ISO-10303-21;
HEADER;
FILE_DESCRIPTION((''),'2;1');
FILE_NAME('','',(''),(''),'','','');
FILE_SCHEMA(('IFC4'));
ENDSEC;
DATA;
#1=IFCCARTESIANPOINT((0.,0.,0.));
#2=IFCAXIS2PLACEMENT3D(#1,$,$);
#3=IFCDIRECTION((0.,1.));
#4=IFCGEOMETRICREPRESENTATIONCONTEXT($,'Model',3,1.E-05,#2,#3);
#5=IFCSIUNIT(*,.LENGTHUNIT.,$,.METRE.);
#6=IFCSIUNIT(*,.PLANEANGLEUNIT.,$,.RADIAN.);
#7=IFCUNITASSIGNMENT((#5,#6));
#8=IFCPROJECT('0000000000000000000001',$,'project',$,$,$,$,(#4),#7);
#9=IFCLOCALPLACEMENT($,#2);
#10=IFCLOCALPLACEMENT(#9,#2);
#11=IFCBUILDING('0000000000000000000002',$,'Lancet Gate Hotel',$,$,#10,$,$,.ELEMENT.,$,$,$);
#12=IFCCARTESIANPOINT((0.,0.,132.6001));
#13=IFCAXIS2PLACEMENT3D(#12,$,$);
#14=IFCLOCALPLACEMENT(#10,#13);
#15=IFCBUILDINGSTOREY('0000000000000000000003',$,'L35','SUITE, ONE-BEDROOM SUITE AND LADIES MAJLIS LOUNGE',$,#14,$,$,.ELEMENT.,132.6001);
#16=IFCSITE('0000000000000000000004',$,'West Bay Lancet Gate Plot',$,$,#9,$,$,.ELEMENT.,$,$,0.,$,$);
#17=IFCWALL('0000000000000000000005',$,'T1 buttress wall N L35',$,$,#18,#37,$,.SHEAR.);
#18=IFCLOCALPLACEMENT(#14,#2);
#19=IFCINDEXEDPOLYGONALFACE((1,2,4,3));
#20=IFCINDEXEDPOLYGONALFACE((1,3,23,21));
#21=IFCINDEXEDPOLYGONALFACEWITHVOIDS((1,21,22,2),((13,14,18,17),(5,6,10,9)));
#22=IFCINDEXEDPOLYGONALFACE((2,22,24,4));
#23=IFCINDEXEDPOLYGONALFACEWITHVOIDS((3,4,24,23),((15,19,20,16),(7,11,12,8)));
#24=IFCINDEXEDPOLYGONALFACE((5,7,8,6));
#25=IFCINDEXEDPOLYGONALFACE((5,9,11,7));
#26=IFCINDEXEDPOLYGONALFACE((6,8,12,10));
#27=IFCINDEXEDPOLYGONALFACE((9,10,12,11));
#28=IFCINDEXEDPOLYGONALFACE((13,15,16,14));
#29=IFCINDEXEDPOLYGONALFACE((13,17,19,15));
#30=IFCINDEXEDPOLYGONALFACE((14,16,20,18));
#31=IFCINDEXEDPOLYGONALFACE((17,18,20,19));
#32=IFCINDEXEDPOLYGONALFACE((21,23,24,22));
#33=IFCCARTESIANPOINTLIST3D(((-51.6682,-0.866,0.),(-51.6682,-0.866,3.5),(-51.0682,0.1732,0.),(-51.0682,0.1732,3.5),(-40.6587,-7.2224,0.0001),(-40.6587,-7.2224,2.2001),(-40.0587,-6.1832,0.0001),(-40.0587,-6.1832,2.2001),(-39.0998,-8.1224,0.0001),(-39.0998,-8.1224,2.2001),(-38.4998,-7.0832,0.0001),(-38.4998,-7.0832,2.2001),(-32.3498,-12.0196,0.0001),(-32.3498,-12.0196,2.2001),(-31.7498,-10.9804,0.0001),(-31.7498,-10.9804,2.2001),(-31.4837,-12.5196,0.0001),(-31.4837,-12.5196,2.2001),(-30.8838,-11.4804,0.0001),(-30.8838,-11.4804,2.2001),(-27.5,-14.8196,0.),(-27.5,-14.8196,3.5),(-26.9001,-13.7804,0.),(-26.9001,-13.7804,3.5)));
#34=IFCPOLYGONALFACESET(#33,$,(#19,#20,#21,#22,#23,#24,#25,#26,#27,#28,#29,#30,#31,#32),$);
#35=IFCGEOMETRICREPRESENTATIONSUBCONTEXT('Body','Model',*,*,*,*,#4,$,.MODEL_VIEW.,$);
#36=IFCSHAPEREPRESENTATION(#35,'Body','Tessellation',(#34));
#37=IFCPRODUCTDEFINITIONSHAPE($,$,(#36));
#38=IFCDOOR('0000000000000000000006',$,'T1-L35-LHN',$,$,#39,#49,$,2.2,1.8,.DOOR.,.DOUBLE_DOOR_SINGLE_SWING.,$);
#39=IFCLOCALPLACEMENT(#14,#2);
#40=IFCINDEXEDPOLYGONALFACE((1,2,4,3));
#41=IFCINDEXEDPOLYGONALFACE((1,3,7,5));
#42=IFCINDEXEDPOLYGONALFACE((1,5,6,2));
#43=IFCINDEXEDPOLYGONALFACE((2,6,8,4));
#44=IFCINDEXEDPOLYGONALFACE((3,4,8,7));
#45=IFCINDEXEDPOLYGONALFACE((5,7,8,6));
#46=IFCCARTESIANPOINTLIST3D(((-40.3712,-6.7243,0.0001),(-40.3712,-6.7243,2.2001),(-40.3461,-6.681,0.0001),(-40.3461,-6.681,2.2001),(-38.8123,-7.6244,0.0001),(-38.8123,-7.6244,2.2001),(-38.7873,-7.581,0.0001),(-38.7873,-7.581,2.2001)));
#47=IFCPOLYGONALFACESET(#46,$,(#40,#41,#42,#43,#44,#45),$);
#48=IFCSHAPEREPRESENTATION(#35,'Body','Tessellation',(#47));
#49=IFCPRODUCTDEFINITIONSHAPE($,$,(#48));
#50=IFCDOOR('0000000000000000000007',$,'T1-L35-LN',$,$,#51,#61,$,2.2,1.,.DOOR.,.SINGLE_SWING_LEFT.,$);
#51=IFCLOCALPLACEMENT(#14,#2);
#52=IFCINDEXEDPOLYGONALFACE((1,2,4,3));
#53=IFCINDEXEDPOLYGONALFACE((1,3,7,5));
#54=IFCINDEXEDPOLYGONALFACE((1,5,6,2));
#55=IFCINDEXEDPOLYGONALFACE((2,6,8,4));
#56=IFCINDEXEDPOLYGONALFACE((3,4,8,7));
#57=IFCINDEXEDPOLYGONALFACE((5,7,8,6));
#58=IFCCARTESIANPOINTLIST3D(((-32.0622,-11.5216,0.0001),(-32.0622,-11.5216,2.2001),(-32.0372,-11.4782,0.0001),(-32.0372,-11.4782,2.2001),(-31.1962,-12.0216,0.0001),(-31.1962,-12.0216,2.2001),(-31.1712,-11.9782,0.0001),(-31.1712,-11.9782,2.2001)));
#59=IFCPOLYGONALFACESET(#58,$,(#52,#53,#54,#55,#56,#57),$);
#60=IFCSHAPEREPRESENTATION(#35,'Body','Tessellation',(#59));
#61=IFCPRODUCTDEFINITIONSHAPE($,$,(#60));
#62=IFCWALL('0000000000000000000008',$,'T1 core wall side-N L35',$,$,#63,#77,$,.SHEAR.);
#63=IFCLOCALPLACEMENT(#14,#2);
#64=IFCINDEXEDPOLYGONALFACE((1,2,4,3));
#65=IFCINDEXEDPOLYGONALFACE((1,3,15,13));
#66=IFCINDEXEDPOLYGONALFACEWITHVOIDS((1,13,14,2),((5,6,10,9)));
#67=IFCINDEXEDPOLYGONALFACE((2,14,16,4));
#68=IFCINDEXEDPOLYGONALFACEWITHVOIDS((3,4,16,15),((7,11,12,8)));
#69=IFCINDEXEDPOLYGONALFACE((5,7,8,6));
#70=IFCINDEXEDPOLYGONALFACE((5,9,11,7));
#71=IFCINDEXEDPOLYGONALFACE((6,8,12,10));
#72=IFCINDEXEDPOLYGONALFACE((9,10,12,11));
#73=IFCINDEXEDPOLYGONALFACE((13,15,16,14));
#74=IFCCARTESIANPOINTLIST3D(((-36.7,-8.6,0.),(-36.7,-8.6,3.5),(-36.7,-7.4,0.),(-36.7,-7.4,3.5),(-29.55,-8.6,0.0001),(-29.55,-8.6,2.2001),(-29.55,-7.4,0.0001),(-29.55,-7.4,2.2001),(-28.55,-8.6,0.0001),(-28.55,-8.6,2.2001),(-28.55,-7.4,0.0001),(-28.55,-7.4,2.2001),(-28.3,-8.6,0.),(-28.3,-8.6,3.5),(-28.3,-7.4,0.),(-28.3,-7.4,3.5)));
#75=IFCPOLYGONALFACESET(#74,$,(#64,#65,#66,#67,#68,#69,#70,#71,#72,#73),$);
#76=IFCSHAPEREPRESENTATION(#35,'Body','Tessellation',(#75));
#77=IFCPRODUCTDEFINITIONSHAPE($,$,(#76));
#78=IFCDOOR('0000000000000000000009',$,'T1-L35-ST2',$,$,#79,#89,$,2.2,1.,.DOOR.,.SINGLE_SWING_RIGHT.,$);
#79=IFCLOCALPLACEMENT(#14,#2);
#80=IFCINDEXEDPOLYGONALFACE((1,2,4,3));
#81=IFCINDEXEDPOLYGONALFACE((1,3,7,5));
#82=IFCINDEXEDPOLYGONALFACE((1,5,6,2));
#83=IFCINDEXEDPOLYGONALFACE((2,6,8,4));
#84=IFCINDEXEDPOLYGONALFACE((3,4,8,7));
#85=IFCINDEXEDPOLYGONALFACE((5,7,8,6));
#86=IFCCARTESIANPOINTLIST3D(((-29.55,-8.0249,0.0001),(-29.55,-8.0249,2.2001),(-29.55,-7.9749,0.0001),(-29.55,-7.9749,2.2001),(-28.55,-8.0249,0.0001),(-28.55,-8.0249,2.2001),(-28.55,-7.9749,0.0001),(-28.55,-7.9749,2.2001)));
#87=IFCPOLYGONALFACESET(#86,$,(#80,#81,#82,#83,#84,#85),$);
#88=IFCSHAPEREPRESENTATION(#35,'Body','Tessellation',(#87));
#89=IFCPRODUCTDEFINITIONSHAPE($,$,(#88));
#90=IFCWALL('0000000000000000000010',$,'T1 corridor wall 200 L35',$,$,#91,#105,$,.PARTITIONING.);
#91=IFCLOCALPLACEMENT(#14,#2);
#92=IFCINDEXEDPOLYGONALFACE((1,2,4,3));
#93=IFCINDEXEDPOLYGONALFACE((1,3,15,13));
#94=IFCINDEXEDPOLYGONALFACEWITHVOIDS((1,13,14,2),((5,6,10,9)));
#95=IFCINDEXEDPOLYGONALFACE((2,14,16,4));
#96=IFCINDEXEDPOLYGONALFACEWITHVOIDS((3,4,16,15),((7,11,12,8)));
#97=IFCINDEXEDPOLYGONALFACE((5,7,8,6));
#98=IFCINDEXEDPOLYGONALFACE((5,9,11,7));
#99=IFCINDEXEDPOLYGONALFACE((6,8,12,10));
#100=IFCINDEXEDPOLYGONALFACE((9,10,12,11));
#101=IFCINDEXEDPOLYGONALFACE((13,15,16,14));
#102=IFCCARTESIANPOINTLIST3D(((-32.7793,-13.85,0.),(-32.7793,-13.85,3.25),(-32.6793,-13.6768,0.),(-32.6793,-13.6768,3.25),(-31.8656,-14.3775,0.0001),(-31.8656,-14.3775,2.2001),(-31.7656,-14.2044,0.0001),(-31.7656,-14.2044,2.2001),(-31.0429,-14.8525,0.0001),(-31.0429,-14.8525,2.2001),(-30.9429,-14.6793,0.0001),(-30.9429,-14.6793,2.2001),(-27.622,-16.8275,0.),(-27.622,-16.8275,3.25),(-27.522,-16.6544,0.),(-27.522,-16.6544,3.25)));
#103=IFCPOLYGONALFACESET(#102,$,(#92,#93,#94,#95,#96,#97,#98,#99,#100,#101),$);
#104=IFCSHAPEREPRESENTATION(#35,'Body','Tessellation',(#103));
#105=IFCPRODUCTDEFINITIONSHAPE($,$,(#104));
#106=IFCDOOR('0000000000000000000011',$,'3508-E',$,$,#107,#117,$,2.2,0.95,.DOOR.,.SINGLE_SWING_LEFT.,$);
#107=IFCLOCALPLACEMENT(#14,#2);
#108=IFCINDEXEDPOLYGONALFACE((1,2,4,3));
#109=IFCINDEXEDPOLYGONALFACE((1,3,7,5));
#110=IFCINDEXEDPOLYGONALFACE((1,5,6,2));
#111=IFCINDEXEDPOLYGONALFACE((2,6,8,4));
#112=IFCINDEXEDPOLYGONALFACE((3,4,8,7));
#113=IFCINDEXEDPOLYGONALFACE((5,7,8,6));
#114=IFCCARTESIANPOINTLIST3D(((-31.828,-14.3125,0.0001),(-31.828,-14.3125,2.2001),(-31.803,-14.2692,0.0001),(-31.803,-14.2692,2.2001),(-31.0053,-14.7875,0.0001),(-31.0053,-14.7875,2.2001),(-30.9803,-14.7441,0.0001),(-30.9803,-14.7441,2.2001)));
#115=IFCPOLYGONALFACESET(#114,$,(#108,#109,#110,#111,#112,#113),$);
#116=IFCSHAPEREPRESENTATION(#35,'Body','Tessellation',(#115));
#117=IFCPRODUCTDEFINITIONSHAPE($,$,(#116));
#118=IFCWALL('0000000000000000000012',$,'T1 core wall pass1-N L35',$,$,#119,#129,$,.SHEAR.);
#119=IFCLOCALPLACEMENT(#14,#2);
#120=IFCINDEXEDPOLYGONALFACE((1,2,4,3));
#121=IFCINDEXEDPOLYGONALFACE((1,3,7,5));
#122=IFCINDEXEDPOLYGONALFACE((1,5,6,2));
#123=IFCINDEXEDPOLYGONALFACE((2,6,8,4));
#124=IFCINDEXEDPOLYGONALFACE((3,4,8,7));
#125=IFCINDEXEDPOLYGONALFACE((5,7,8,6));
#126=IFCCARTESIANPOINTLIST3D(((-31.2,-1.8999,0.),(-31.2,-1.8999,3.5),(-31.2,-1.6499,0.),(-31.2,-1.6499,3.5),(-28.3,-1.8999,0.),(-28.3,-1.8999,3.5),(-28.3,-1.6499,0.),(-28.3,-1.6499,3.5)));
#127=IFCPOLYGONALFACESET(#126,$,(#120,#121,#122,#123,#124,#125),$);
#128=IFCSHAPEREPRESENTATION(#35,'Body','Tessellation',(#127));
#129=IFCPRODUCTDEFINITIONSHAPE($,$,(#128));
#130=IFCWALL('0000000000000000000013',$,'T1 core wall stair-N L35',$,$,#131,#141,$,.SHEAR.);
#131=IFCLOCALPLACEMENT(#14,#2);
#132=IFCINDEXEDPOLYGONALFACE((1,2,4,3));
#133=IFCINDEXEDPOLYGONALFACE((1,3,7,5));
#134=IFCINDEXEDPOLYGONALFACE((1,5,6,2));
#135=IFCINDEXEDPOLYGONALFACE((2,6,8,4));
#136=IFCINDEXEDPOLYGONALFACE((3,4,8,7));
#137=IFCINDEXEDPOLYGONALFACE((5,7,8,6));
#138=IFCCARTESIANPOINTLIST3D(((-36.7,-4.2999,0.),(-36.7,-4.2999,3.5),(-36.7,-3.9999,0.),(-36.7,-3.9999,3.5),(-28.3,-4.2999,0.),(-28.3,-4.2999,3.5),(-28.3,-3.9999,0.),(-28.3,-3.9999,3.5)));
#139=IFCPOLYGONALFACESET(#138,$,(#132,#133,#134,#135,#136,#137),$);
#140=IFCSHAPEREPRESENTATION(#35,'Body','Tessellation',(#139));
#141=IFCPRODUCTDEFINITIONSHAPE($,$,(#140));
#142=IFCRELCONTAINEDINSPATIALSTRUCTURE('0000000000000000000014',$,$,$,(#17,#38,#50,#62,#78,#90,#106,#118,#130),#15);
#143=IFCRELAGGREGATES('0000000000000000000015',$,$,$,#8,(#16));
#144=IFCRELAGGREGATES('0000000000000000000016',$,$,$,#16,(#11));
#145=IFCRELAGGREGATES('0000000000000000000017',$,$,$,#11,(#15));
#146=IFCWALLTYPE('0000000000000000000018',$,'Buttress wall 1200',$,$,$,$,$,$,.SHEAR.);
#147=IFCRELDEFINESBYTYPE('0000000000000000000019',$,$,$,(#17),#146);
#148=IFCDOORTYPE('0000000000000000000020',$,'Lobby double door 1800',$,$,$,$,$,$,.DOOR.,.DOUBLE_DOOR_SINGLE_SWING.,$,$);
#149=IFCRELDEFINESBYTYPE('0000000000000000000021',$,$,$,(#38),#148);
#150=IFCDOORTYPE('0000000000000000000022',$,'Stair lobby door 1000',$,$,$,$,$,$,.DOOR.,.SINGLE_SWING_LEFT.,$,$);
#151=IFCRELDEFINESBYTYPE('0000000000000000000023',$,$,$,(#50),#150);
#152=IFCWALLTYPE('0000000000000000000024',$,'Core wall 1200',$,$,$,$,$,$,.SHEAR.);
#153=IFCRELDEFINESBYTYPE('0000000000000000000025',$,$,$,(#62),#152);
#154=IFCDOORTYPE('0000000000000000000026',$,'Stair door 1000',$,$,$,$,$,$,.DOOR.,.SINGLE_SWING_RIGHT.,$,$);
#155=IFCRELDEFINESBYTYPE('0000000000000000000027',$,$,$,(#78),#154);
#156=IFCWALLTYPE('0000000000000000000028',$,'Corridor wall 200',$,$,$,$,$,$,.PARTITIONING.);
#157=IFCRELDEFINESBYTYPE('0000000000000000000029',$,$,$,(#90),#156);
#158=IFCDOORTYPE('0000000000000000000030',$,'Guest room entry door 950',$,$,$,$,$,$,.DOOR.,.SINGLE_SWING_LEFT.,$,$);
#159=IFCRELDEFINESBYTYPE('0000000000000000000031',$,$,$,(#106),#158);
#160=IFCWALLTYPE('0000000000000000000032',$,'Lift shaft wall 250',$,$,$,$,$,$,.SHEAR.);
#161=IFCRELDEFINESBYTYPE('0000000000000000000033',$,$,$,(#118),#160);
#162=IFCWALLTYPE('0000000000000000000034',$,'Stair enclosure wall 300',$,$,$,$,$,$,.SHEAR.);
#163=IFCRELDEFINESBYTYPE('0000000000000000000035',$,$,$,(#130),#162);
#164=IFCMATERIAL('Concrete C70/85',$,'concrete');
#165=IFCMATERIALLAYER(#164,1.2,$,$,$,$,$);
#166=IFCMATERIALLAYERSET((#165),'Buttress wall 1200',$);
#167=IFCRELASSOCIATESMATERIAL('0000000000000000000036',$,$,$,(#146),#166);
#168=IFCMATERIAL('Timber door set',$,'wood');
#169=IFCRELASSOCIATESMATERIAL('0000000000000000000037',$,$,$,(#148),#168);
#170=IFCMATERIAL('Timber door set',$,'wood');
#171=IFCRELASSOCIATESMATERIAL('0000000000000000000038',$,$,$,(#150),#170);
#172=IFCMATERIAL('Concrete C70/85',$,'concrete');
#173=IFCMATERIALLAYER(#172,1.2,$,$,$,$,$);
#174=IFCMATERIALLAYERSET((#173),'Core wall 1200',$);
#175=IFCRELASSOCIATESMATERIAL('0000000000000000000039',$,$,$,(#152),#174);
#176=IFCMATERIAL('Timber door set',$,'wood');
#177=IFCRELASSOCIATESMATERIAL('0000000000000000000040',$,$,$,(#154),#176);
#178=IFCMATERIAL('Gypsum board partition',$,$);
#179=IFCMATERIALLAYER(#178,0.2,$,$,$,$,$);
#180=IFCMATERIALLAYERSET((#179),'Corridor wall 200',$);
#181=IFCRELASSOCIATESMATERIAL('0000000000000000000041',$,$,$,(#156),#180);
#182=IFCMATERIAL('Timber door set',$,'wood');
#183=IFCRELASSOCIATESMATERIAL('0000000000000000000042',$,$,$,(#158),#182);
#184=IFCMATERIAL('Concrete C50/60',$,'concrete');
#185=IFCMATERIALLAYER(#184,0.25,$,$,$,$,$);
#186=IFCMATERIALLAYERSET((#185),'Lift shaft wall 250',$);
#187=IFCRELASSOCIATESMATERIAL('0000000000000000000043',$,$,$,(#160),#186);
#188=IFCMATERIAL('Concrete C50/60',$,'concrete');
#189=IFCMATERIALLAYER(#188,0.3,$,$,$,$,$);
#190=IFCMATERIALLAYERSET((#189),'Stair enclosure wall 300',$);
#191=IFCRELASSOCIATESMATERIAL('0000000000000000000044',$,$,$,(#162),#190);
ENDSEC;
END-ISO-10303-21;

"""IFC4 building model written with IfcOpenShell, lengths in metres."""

from ifc_helpers import new_model, si_unit, direction, frame, frame_2d, origin, place, context, subcontext, project, spatial, rectangle, extrude, material, layer, layer_set, type_object, element, fill, save


model = new_model("IFC4")

# Units and contexts
model_context = context("Model", 3, precision=1e-05, world=origin(), true_north=direction((0.0, 1.0)))
body_context = subcontext(model_context, "Body", "Model", "MODEL_VIEW")
ifc_project = project(units=[si_unit("LENGTHUNIT", "METRE"), si_unit("PLANEANGLEUNIT", "RADIAN")], contexts=[model_context])

# Site, building, storey
site_placement = place(None, origin())
site = spatial("IfcSite", under=ifc_project, at=site_placement, Name="West Bay Lancet Gate Plot", CompositionType="ELEMENT", RefElevation=0.0)
building_placement = place(site_placement, origin())
building = spatial("IfcBuilding", under=site, at=building_placement, Name="Lancet Gate Hotel", CompositionType="ELEMENT")
storey_placement = place(building_placement, frame((0.0, 0.0, 132.6001)))
storey = spatial("IfcBuildingStorey", under=building, at=storey_placement, Name="L35", Description="SUITE, ONE-BEDROOM SUITE AND LADIES MAJLIS LOUNGE", CompositionType="ELEMENT", Elevation=132.6001)

# Wall, openings, doors
ifc_material_1 = material(Name="Concrete C70/85", Category="concrete")
ifc_layer_1 = layer(ifc_material_1, 1.2)
ifc_layer_set_1 = layer_set([ifc_layer_1], Name="Buttress wall 1200")
wall_type_1 = type_object("IfcWallType", Name="Buttress wall 1200", PredefinedType="SHEAR", material=ifc_layer_set_1)
wall_1_placement = place(storey_placement, frame((-27.2, -14.3, 0.0), z_axis=(0.0, 0.0, 1.0), x_axis=(-0.866024, 0.500002, 0.0)))
wall_1 = element("IfcWall", 1, at=wall_1_placement, inside=storey, type_object=wall_type_1, Name="T1 buttress wall N L35", PredefinedType="SHEAR", context=body_context, shape_type="SweptSolid", body=[
    extrude(rectangle(XDim=27.907, YDim=1.2, at=frame_2d((13.9536, 0.0))), origin(), (0.0, 0.0, 1.0), 3.5),
])
opening_1_placement = place(wall_1_placement, frame((4.6001, 0.0, 0.0)))
opening_1 = element("IfcOpeningElement", 2, at=opening_1_placement, cuts=wall_1, PredefinedType="OPENING", context=body_context, shape_type="SweptSolid", body=[
    extrude(rectangle(XDim=1.0, YDim=2.2, at=frame_2d((0.5, 1.1001))), frame((0.0, 0.6099, 0.0), z_axis=(0.0, -1.0, 0.0), x_axis=(1.0, 0.0, 0.0)), (0.0, 0.0, 1.0), 1.22),
])
opening_2_placement = place(wall_1_placement, frame((13.3945, 0.0, 0.0)))
opening_2 = element("IfcOpeningElement", 3, at=opening_2_placement, cuts=wall_1, PredefinedType="OPENING", context=body_context, shape_type="SweptSolid", body=[
    extrude(rectangle(XDim=1.8, YDim=2.2, at=frame_2d((0.8999, 1.1001))), frame((0.0, 0.6099, 0.0), z_axis=(0.0, -1.0, 0.0), x_axis=(1.0, 0.0, 0.0)), (0.0, 0.0, 1.0), 1.22),
])
ifc_material_2 = material(Name="Timber door set", Category="wood")
door_type_1 = type_object("IfcDoorType", Name="Lobby double door 1800", OperationType="DOUBLE_DOOR_SINGLE_SWING", PredefinedType="DOOR", material=ifc_material_2)
door_1_placement = place(opening_2_placement, origin())
door_1 = element("IfcDoor", 4, at=door_1_placement, inside=storey, type_object=door_type_1, Name="T1-L35-LHN", OperationType="DOUBLE_DOOR_SINGLE_SWING", OverallHeight=2.2, OverallWidth=1.8, PredefinedType="DOOR", context=body_context, shape_type="SweptSolid", body=[
    extrude(rectangle(XDim=1.8, YDim=2.2, at=frame_2d((0.8999, 1.1001))), frame((0.0, 0.0249, 0.0), z_axis=(0.0, -1.0, 0.0), x_axis=(1.0, 0.0, 0.0)), (0.0, 0.0, 1.0), 0.05),
])
fill(opening_2, door_1)
ifc_material_3 = material(Name="Timber door set", Category="wood")
door_type_2 = type_object("IfcDoorType", Name="Stair lobby door 1000", OperationType="SINGLE_SWING_LEFT", PredefinedType="DOOR", material=ifc_material_3)
door_2_placement = place(opening_1_placement, origin())
door_2 = element("IfcDoor", 5, at=door_2_placement, inside=storey, type_object=door_type_2, Name="T1-L35-LN", OperationType="SINGLE_SWING_LEFT", OverallHeight=2.2, OverallWidth=1.0, PredefinedType="DOOR", context=body_context, shape_type="SweptSolid", body=[
    extrude(rectangle(XDim=1.0, YDim=2.2, at=frame_2d((0.5, 1.1001))), frame((0.0, 0.0249, 0.0), z_axis=(0.0, -1.0, 0.0), x_axis=(1.0, 0.0, 0.0)), (0.0, 0.0, 1.0), 0.05),
])
fill(opening_1, door_2)

# Walls, openings, doors
ifc_material_4 = material(Name="Concrete C70/85", Category="concrete")
ifc_layer_2 = layer(ifc_material_4, 1.2)
ifc_layer_set_2 = layer_set([ifc_layer_2], Name="Core wall 1200")
wall_type_2 = type_object("IfcWallType", Name="Core wall 1200", PredefinedType="SHEAR", material=ifc_layer_set_2)
wall_2_placement = place(storey_placement, frame((-28.3, -8.0, 0.0), z_axis=(0.0, 0.0, 1.0), x_axis=(-1.0, 0.0, 0.0)))
wall_2 = element("IfcWall", 6, at=wall_2_placement, inside=storey, type_object=wall_type_2, Name="T1 core wall side-N L35", PredefinedType="SHEAR", context=body_context, shape_type="SweptSolid", body=[
    extrude(rectangle(XDim=8.3999, YDim=1.2, at=frame_2d((4.2, 0.0))), origin(), (0.0, 0.0, 1.0), 3.5),
])
opening_3_placement = place(wall_2_placement, frame((0.25, 0.0, 0.0)))
opening_3 = element("IfcOpeningElement", 7, at=opening_3_placement, cuts=wall_2, PredefinedType="OPENING", context=body_context, shape_type="SweptSolid", body=[
    extrude(rectangle(XDim=1.0, YDim=2.2, at=frame_2d((0.5, 1.1001))), frame((0.0, 0.6099, 0.0), z_axis=(0.0, -1.0, 0.0), x_axis=(1.0, 0.0, 0.0)), (0.0, 0.0, 1.0), 1.22),
])
ifc_material_5 = material(Name="Timber door set", Category="wood")
door_type_3 = type_object("IfcDoorType", Name="Stair door 1000", OperationType="SINGLE_SWING_RIGHT", PredefinedType="DOOR", material=ifc_material_5)
door_3_placement = place(opening_3_placement, origin())
door_3 = element("IfcDoor", 8, at=door_3_placement, inside=storey, type_object=door_type_3, Name="T1-L35-ST2", OperationType="SINGLE_SWING_RIGHT", OverallHeight=2.2, OverallWidth=1.0, PredefinedType="DOOR", context=body_context, shape_type="SweptSolid", body=[
    extrude(rectangle(XDim=1.0, YDim=2.2, at=frame_2d((0.5, 1.1001))), frame((0.0, 0.0249, 0.0), z_axis=(0.0, -1.0, 0.0), x_axis=(1.0, 0.0, 0.0)), (0.0, 0.0, 1.0), 0.05),
])
fill(opening_3, door_3)
ifc_material_6 = material(Name="Gypsum board partition")
ifc_layer_3 = layer(ifc_material_6, 0.2)
ifc_layer_set_3 = layer_set([ifc_layer_3], Name="Corridor wall 200")
wall_type_3 = type_object("IfcWallType", Name="Corridor wall 200", PredefinedType="PARTITIONING", material=ifc_layer_set_3)
wall_3_placement = place(storey_placement, frame((-27.572, -16.741, 0.0), z_axis=(0.0, 0.0, 1.0), x_axis=(-0.866024, 0.500002, 0.0)))
wall_3 = element("IfcWall", 9, at=wall_3_placement, inside=storey, type_object=wall_type_3, Name="T1 corridor wall 200 L35", PredefinedType="PARTITIONING", context=body_context, shape_type="SweptSolid", body=[
    extrude(rectangle(XDim=5.9551, YDim=0.2, at=frame_2d((2.9775, 0.0))), origin(), (0.0, 0.0, 1.0), 3.25),
])
opening_4_placement = place(wall_3_placement, frame((3.95, 0.0, 0.0)))
opening_4 = element("IfcOpeningElement", 10, at=opening_4_placement, cuts=wall_3, PredefinedType="OPENING", context=body_context, shape_type="SweptSolid", body=[
    extrude(rectangle(XDim=0.95, YDim=2.2, at=frame_2d((0.4751, 1.1001))), frame((0.0, 0.1099, 0.0), z_axis=(0.0, -1.0, 0.0), x_axis=(1.0, 0.0, 0.0)), (0.0, 0.0, 1.0), 0.22),
])
ifc_material_7 = material(Name="Timber door set", Category="wood")
door_type_4 = type_object("IfcDoorType", Name="Guest room entry door 950", OperationType="SINGLE_SWING_LEFT", PredefinedType="DOOR", material=ifc_material_7)
door_4_placement = place(opening_4_placement, origin())
door_4 = element("IfcDoor", 11, at=door_4_placement, inside=storey, type_object=door_type_4, Name="3508-E", OperationType="SINGLE_SWING_LEFT", OverallHeight=2.2, OverallWidth=0.95, PredefinedType="DOOR", context=body_context, shape_type="SweptSolid", body=[
    extrude(rectangle(XDim=0.95, YDim=2.2, at=frame_2d((0.4751, 1.1001))), frame((0.0, 0.0249, 0.0), z_axis=(0.0, -1.0, 0.0), x_axis=(1.0, 0.0, 0.0)), (0.0, 0.0, 1.0), 0.05),
])
fill(opening_4, door_4)

# Walls
ifc_material_8 = material(Name="Concrete C50/60", Category="concrete")
ifc_layer_4 = layer(ifc_material_8, 0.25)
ifc_layer_set_4 = layer_set([ifc_layer_4], Name="Lift shaft wall 250")
wall_type_4 = type_object("IfcWallType", Name="Lift shaft wall 250", PredefinedType="SHEAR", material=ifc_layer_set_4)
wall_4_placement = place(storey_placement, frame((-28.3, -1.7749, 0.0), z_axis=(0.0, 0.0, 1.0), x_axis=(-1.0, 0.0, 0.0)))
element("IfcWall", 12, at=wall_4_placement, inside=storey, type_object=wall_type_4, Name="T1 core wall pass1-N L35", PredefinedType="SHEAR", context=body_context, shape_type="SweptSolid", body=[
    extrude(rectangle(XDim=2.8999, YDim=0.25, at=frame_2d((1.45, 0.0))), origin(), (0.0, 0.0, 1.0), 3.5),
])
ifc_material_9 = material(Name="Concrete C50/60", Category="concrete")
ifc_layer_5 = layer(ifc_material_9, 0.3)
ifc_layer_set_5 = layer_set([ifc_layer_5], Name="Stair enclosure wall 300")
wall_type_5 = type_object("IfcWallType", Name="Stair enclosure wall 300", PredefinedType="SHEAR", material=ifc_layer_set_5)
wall_5_placement = place(storey_placement, frame((-28.3, -4.1499, 0.0), z_axis=(0.0, 0.0, 1.0), x_axis=(-1.0, 0.0, 0.0)))
element("IfcWall", 13, at=wall_5_placement, inside=storey, type_object=wall_type_5, Name="T1 core wall stair-N L35", PredefinedType="SHEAR", context=body_context, shape_type="SweptSolid", body=[
    extrude(rectangle(XDim=8.3999, YDim=0.3, at=frame_2d((4.2, 0.0))), origin(), (0.0, 0.0, 1.0), 3.5),
])

save(model, "model.ifc")
